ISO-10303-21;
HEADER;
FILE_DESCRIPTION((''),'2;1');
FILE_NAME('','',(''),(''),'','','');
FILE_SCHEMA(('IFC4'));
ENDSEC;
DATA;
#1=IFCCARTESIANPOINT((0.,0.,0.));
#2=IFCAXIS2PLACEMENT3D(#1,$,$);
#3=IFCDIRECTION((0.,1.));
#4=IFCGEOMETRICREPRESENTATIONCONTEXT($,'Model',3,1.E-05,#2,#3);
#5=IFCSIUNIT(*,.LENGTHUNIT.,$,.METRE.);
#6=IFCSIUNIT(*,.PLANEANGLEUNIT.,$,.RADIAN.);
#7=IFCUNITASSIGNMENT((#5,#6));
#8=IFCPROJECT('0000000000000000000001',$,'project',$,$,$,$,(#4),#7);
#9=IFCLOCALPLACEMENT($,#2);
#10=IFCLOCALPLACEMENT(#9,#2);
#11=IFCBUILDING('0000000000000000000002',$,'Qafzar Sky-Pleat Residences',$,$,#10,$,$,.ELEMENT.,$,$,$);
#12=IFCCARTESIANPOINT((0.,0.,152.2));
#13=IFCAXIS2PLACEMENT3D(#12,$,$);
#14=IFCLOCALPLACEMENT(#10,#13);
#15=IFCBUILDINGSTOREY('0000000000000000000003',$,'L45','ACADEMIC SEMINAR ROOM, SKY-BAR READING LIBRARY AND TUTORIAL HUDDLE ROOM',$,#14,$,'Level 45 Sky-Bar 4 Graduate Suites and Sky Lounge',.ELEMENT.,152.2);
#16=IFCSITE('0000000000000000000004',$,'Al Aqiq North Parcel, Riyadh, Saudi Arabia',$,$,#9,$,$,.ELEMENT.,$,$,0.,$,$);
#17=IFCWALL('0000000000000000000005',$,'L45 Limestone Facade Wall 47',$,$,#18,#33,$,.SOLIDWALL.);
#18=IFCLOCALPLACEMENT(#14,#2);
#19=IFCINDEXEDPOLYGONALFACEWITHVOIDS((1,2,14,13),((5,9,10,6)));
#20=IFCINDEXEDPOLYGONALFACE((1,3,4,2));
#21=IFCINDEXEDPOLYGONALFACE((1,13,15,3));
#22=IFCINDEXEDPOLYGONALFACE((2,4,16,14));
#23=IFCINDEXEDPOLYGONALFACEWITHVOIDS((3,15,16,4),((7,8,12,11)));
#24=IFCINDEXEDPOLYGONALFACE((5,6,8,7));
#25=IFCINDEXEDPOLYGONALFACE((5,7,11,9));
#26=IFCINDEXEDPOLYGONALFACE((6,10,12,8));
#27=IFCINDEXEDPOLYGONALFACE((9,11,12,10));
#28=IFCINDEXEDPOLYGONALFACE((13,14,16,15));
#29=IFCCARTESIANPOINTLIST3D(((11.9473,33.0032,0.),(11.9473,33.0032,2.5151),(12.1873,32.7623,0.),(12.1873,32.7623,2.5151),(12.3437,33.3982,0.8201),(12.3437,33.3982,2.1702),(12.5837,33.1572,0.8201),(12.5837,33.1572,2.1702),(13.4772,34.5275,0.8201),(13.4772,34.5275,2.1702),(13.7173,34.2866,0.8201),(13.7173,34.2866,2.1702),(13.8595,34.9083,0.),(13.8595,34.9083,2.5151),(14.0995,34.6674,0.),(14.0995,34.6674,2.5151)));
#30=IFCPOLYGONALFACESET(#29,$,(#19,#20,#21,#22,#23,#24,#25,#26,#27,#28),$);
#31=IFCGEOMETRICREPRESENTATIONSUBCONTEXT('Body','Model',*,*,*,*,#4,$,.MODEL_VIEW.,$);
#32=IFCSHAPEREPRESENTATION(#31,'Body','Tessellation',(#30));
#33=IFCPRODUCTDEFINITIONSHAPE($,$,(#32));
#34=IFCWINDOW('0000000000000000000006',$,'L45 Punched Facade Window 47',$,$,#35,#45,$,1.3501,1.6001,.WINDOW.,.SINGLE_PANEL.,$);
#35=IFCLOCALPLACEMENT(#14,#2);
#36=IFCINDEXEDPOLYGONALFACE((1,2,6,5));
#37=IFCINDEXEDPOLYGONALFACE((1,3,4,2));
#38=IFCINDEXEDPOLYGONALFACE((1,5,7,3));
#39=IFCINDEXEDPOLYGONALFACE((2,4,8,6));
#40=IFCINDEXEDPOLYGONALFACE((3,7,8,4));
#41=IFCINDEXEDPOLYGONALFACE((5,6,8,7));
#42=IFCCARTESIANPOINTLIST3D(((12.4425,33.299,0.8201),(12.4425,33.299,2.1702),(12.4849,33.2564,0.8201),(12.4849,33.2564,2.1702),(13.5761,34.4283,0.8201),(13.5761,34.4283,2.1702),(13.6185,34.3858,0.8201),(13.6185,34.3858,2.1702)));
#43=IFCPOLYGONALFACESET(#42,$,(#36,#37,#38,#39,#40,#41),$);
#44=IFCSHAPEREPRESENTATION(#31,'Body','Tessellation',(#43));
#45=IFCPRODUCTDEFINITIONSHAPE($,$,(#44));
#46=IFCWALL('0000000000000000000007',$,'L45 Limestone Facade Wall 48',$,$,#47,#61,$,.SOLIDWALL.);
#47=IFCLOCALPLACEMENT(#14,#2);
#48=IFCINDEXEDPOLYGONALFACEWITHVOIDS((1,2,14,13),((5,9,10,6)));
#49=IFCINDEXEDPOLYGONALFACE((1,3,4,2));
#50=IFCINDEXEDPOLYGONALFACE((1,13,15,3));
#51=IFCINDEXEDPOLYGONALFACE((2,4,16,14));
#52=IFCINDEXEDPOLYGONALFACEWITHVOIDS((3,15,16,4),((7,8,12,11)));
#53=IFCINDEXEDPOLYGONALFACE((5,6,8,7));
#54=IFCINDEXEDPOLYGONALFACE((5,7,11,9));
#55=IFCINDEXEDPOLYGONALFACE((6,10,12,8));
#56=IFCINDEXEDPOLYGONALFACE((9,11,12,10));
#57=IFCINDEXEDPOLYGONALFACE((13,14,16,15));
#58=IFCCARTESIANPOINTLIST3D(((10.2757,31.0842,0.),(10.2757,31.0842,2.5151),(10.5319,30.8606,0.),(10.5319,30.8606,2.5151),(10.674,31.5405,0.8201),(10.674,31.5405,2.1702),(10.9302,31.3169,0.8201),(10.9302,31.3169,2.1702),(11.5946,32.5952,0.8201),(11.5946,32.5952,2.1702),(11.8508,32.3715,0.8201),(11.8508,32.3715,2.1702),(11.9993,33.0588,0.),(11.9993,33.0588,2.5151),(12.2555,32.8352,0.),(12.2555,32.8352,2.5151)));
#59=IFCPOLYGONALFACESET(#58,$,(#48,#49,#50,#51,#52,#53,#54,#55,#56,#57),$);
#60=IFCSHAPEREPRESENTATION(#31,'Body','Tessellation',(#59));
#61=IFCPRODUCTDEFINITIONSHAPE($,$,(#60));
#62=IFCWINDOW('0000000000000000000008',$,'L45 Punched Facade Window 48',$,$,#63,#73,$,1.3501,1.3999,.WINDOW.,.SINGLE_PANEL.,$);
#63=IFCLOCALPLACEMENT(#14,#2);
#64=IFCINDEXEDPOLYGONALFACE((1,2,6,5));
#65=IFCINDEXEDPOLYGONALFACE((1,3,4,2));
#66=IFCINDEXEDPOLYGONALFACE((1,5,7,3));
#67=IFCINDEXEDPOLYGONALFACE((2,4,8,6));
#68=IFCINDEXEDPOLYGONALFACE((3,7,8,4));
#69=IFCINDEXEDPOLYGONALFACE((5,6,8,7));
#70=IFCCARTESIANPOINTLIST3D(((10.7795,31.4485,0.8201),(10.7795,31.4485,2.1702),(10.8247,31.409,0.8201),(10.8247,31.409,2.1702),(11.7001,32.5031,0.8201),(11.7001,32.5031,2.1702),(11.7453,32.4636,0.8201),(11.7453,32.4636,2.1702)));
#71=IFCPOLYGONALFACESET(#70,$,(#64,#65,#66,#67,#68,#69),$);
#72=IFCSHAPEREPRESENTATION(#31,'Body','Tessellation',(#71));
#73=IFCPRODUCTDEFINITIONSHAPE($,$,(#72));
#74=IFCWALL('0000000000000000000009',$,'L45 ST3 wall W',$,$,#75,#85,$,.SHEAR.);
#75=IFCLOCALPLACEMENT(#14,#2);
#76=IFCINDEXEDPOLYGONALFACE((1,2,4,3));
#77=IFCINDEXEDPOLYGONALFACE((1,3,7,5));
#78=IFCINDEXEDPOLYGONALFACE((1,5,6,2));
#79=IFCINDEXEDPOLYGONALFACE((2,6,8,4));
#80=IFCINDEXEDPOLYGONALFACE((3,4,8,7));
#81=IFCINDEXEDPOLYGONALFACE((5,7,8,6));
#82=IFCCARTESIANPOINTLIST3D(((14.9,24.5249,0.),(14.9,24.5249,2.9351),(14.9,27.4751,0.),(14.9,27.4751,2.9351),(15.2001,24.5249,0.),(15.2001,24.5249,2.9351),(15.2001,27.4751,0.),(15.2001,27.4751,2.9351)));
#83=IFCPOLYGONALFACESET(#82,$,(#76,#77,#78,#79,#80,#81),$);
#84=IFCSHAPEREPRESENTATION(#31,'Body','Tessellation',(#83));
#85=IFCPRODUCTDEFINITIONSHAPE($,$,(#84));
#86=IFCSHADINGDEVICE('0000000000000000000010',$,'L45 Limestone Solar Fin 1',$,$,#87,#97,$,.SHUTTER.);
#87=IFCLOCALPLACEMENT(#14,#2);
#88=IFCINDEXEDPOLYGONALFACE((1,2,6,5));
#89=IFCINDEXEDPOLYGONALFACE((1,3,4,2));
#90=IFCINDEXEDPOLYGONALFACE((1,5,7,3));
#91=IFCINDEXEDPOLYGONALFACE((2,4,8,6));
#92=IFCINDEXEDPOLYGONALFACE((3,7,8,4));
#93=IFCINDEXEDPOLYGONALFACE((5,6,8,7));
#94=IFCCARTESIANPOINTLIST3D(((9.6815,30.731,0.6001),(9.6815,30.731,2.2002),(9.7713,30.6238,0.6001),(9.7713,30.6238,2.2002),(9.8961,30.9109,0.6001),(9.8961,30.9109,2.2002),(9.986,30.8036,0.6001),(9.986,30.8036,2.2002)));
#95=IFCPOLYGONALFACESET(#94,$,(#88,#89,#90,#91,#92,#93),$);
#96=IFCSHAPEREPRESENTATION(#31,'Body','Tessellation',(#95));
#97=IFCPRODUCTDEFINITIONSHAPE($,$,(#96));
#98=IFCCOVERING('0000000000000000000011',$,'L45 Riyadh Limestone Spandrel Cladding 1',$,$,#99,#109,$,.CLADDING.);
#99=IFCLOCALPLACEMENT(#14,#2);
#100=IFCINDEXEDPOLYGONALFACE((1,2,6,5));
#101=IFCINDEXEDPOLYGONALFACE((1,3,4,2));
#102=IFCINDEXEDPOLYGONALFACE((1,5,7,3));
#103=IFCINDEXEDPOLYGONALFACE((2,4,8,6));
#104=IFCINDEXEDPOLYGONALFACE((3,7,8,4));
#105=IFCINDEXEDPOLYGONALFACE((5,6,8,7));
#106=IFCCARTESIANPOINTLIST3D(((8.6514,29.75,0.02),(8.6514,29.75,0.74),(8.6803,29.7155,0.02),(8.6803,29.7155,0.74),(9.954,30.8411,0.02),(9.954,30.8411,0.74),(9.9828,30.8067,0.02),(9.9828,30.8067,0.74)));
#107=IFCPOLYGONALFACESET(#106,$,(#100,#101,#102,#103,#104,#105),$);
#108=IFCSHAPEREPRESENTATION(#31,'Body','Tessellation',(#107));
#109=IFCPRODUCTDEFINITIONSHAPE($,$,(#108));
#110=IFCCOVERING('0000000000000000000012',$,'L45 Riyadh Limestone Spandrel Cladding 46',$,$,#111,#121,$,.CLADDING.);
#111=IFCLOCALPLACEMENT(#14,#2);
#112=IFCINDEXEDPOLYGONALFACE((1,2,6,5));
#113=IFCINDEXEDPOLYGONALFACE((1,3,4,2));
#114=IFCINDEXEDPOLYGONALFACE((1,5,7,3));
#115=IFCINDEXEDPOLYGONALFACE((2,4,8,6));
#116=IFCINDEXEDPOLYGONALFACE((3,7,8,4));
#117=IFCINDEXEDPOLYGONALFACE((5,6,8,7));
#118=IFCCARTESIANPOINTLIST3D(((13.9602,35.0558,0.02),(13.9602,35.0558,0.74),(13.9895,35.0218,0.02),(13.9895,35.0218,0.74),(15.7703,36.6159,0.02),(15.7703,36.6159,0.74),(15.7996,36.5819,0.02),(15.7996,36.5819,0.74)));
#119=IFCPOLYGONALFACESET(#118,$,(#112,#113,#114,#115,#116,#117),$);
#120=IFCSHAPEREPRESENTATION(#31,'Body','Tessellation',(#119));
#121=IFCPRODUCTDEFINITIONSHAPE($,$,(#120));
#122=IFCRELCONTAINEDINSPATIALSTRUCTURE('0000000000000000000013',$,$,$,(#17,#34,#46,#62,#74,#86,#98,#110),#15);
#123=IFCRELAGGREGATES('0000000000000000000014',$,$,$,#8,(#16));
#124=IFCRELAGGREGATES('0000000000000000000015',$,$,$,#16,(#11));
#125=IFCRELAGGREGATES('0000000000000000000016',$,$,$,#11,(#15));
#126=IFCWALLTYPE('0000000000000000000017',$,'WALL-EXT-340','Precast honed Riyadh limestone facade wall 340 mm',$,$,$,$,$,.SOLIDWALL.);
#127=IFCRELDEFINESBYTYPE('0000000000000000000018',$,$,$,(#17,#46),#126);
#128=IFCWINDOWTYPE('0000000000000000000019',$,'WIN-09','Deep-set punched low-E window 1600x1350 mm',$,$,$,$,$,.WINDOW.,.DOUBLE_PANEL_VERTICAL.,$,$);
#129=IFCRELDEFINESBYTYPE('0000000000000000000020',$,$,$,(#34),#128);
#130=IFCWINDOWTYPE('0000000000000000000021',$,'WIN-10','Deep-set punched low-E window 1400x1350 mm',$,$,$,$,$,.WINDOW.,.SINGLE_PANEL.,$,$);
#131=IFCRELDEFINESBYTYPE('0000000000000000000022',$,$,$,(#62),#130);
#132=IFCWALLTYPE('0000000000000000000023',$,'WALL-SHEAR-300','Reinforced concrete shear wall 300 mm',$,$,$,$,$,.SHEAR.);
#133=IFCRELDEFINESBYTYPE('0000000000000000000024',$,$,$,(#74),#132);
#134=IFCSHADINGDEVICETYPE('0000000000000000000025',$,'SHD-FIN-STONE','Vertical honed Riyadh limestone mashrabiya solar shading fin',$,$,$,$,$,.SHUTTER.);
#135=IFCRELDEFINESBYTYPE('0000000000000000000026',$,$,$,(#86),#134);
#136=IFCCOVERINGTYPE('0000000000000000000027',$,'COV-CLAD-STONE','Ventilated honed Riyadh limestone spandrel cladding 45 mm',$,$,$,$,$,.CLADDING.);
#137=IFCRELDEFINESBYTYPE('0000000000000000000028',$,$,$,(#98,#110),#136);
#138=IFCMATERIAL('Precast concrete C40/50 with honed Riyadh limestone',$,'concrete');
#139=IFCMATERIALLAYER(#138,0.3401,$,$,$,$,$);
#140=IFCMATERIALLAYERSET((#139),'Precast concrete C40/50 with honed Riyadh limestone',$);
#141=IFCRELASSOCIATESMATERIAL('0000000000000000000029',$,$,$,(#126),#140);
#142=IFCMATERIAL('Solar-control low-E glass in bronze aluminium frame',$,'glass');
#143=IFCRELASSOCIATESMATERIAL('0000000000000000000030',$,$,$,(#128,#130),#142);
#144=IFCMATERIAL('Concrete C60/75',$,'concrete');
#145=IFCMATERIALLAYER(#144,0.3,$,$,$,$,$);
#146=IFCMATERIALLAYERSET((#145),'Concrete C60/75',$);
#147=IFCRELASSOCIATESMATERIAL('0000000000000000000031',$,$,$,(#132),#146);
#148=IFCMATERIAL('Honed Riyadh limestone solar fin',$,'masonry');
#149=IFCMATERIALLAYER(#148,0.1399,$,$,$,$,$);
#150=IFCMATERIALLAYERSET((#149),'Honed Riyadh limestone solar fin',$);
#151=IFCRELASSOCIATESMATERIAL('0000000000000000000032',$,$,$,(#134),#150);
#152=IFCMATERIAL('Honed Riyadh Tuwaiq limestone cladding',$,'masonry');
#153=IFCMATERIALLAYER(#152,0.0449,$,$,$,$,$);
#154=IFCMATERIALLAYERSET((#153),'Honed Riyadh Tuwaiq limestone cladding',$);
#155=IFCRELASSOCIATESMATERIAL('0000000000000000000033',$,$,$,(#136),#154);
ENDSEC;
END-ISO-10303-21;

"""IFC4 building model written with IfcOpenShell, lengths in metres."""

from ifc_helpers import new_model, si_unit, direction, frame, frame_2d, origin, origin_2d, place, context, subcontext, project, spatial, rectangle, extrude, source, transform, mapped, material, layer, layer_set, type_object, element, fill, save


model = new_model("IFC4")

# Units and contexts
model_context = context("Model", 3, precision=1e-05, world=origin(), true_north=direction((0.0, 1.0)))
body_context = subcontext(model_context, "Body", "Model", "MODEL_VIEW")
ifc_project = project(units=[si_unit("LENGTHUNIT", "METRE"), si_unit("PLANEANGLEUNIT", "RADIAN")], contexts=[model_context])

# Site, building, storey
site_placement = place(None, origin())
site = spatial("IfcSite", under=ifc_project, at=site_placement, Name="Al Aqiq North Parcel, Riyadh, Saudi Arabia", CompositionType="ELEMENT", RefElevation=0.0)
building_placement = place(site_placement, origin())
building = spatial("IfcBuilding", under=site, at=building_placement, Name="Qafzar Sky-Pleat Residences", CompositionType="ELEMENT")
storey_placement = place(building_placement, frame((0.0, 0.0, 152.2)))
storey = spatial("IfcBuildingStorey", under=building, at=storey_placement, Name="L45", Description="ACADEMIC SEMINAR ROOM, SKY-BAR READING LIBRARY AND TUTORIAL HUDDLE ROOM", LongName="Level 45 Sky-Bar 4 Graduate Suites and Sky Lounge", CompositionType="ELEMENT", Elevation=152.2)

# Shared definitions
ifc_material_1 = material(Name="Concrete C60/75", Category="concrete")

# Walls, openings, windows
ifc_material_2 = material(Name="Precast concrete C40/50 with honed Riyadh limestone", Category="concrete")
ifc_layer_1 = layer(ifc_material_2, 0.3401)
ifc_layer_set_1 = layer_set([ifc_layer_1], Name="Precast concrete C40/50 with honed Riyadh limestone")
wall_type_1 = type_object("IfcWallType", Name="WALL-EXT-340", Description="Precast honed Riyadh limestone facade wall 340 mm", PredefinedType="SOLIDWALL", material=ifc_layer_set_1)
ifc_material_3 = material(Name="Solar-control low-E glass in bronze aluminium frame", Category="glass")
wall_1_placement = place(storey_placement, frame((13.9795, 34.7878, 0.0), z_axis=(0.0, 0.0, 1.0), x_axis=(-0.708417, -0.705794, 0.0)))
wall_1 = element("IfcWall", 1, at=wall_1_placement, inside=storey, type_object=wall_type_1, Name="L45 Limestone Facade Wall 47", PredefinedType="SOLIDWALL", context=body_context, shape_type="SweptSolid", body=[
    extrude(rectangle(XDim=2.6992, YDim=0.3401, at=frame_2d((1.3496, 0.0))), origin(), (0.0, 0.0, 1.0), 2.5151),
])
opening_1_placement = place(wall_1_placement, frame((0.5396, 0.0, 0.8201)))
opening_1 = element("IfcOpeningElement", 2, at=opening_1_placement, cuts=wall_1, PredefinedType="OPENING", context=body_context, shape_type="SweptSolid", body=[
    extrude(rectangle(XDim=1.6001, YDim=1.3501, at=frame_2d((0.8, 0.675))), frame((0.0, 0.1802, 0.0), z_axis=(0.0, -1.0, 0.0), x_axis=(1.0, 0.0, 0.0)), (0.0, 0.0, 1.0), 0.3601),
])
window_type_1 = type_object("IfcWindowType", Name="WIN-09", Description="Deep-set punched low-E window 1600x1350 mm", PartitioningType="DOUBLE_PANEL_VERTICAL", PredefinedType="WINDOW", material=ifc_material_3)
shared_shape_1 = source(origin(), body_context, "Body", "SweptSolid", [
    extrude(rectangle(XDim=1.6001, YDim=1.3501, at=frame_2d((0.8, 0.675))), frame((0.0, 0.03, 0.0), z_axis=(0.0, -1.0, 0.0), x_axis=(1.0, 0.0, 0.0)), (0.0, 0.0, 1.0), 0.0601),
])
window_1_placement = place(opening_1_placement, origin())
window_1 = element("IfcWindow", 3, at=window_1_placement, inside=storey, type_object=window_type_1, Name="L45 Punched Facade Window 47", OverallHeight=1.3501, OverallWidth=1.6001, PartitioningType="SINGLE_PANEL", PredefinedType="WINDOW", context=body_context, shape_type="MappedRepresentation", body=[
    mapped(shared_shape_1, transform((0.0, 0.0, 0.0), x_axis=(1.0, 0.0, 0.0), y_axis=(0.0, 1.0, 0.0), z_axis=(0.0, 0.0, 1.0), scale=1.0)),
])
fill(opening_1, window_1)
wall_2_placement = place(storey_placement, frame((12.1274, 32.947, 0.0), z_axis=(0.0, 0.0, 1.0), x_axis=(-0.657607, -0.753361, 0.0)))
wall_2 = element("IfcWall", 4, at=wall_2_placement, inside=storey, type_object=wall_type_1, Name="L45 Limestone Facade Wall 48", PredefinedType="SOLIDWALL", context=body_context, shape_type="SweptSolid", body=[
    extrude(rectangle(XDim=2.6211, YDim=0.3401, at=frame_2d((1.3105, 0.0))), origin(), (0.0, 0.0, 1.0), 2.5151),
])
opening_2_placement = place(wall_2_placement, frame((0.6155, 0.0, 0.8201)))
opening_2 = element("IfcOpeningElement", 5, at=opening_2_placement, cuts=wall_2, PredefinedType="OPENING", context=body_context, shape_type="SweptSolid", body=[
    extrude(rectangle(XDim=1.3999, YDim=1.3501, at=frame_2d((0.7, 0.675))), frame((0.0, 0.1802, 0.0), z_axis=(0.0, -1.0, 0.0), x_axis=(1.0, 0.0, 0.0)), (0.0, 0.0, 1.0), 0.3601),
])
window_type_2 = type_object("IfcWindowType", Name="WIN-10", Description="Deep-set punched low-E window 1400x1350 mm", PartitioningType="SINGLE_PANEL", PredefinedType="WINDOW", material=ifc_material_3)
shared_shape_2 = source(origin(), body_context, "Body", "SweptSolid", [
    extrude(rectangle(XDim=1.3999, YDim=1.3501, at=frame_2d((0.7, 0.675))), frame((0.0, 0.03, 0.0), z_axis=(0.0, -1.0, 0.0), x_axis=(1.0, 0.0, 0.0)), (0.0, 0.0, 1.0), 0.0601),
])
window_2_placement = place(opening_2_placement, origin())
window_2 = element("IfcWindow", 6, at=window_2_placement, inside=storey, type_object=window_type_2, Name="L45 Punched Facade Window 48", OverallHeight=1.3501, OverallWidth=1.3999, PartitioningType="SINGLE_PANEL", PredefinedType="WINDOW", context=body_context, shape_type="MappedRepresentation", body=[
    mapped(shared_shape_2, transform((0.0, 0.0, 0.0), x_axis=(1.0, 0.0, 0.0), y_axis=(0.0, 1.0, 0.0), z_axis=(0.0, 0.0, 1.0), scale=1.0)),
])
fill(opening_2, window_2)

# Wall
ifc_layer_2 = layer(ifc_material_1, 0.3)
ifc_layer_set_2 = layer_set([ifc_layer_2], Name="Concrete C60/75")
wall_type_2 = type_object("IfcWallType", Name="WALL-SHEAR-300", Description="Reinforced concrete shear wall 300 mm", PredefinedType="SHEAR", material=ifc_layer_set_2)
wall_3_placement = place(storey_placement, frame((15.05, 27.4751, 0.0), z_axis=(0.0, 0.0, 1.0), x_axis=(0.0, -1.0, 0.0)))
element("IfcWall", 7, at=wall_3_placement, inside=storey, type_object=wall_type_2, Name="L45 ST3 wall W", PredefinedType="SHEAR", context=body_context, shape_type="SweptSolid", body=[
    extrude(rectangle(XDim=2.9502, YDim=0.3, at=frame_2d((1.4751, 0.0))), origin(), (0.0, 0.0, 1.0), 2.9351),
])

# Shading device
ifc_material_4 = material(Name="Honed Riyadh limestone solar fin", Category="masonry")
ifc_layer_3 = layer(ifc_material_4, 0.1399)
ifc_layer_set_3 = layer_set([ifc_layer_3], Name="Honed Riyadh limestone solar fin")
shading_device_type = type_object("IfcShadingDeviceType", Name="SHD-FIN-STONE", Description="Vertical honed Riyadh limestone mashrabiya solar shading fin", PredefinedType="SHUTTER", material=ifc_layer_set_3)
shared_shape_3 = source(origin(), body_context, "Body", "SweptSolid", [
    extrude(rectangle(XDim=0.1399, YDim=0.28, at=origin_2d()), origin(), (0.0, 0.0, 1.0), 1.6001),
])
shading_device_placement = place(storey_placement, frame((9.8337, 30.7673, 0.6001), z_axis=(0.0, 0.0, 1.0), x_axis=(-0.642203, 0.766534, 0.0)))
element("IfcShadingDevice", 8, at=shading_device_placement, inside=storey, type_object=shading_device_type, Name="L45 Limestone Solar Fin 1", PredefinedType="SHUTTER", context=body_context, shape_type="MappedRepresentation", body=[
    mapped(shared_shape_3, transform((0.0, 0.0, 0.0), x_axis=(1.0, 0.0, 0.0), y_axis=(0.0, 1.0, 0.0), z_axis=(0.0, 0.0, 1.0), scale=1.0)),
])

# Coverings
ifc_material_5 = material(Name="Honed Riyadh Tuwaiq limestone cladding", Category="masonry")
ifc_layer_4 = layer(ifc_material_5, 0.0449)
ifc_layer_set_4 = layer_set([ifc_layer_4], Name="Honed Riyadh Tuwaiq limestone cladding")
covering_type = type_object("IfcCoveringType", Name="COV-CLAD-STONE", Description="Ventilated honed Riyadh limestone spandrel cladding 45 mm", PredefinedType="CLADDING", material=ifc_layer_set_4)
shared_shape_4 = source(origin(), body_context, "Body", "SweptSolid", [
    extrude(rectangle(XDim=1.6992, YDim=0.0449, at=origin_2d()), origin(), (0.0, 0.0, 1.0), 0.72),
])
covering_1_placement = place(storey_placement, frame((9.3171, 30.2783, 0.02), z_axis=(0.0, 0.0, 1.0), x_axis=(-0.766569, -0.642162, 0.0)))
element("IfcCovering", 9, at=covering_1_placement, inside=storey, type_object=covering_type, Name="L45 Riyadh Limestone Spandrel Cladding 1", PredefinedType="CLADDING", context=body_context, shape_type="MappedRepresentation", body=[
    mapped(shared_shape_4, transform((0.0, 0.0, 0.0), x_axis=(1.0, 0.0, 0.0), y_axis=(0.0, 1.0, 0.0), z_axis=(0.0, 0.0, 1.0), scale=1.0)),
])
shared_shape_5 = source(origin(), body_context, "Body", "SweptSolid", [
    extrude(rectangle(XDim=2.3896, YDim=0.0449, at=origin_2d()), origin(), (0.0, 0.0, 1.0), 0.72),
])
covering_2_placement = place(storey_placement, frame((14.8799, 35.8188, 0.02), z_axis=(0.0, 0.0, 1.0), x_axis=(-0.757481, -0.652858, 0.0)))
element("IfcCovering", 10, at=covering_2_placement, inside=storey, type_object=covering_type, Name="L45 Riyadh Limestone Spandrel Cladding 46", PredefinedType="CLADDING", context=body_context, shape_type="MappedRepresentation", body=[
    mapped(shared_shape_5, transform((0.0, 0.0, 0.0), x_axis=(1.0, 0.0, 0.0), y_axis=(0.0, 1.0, 0.0), z_axis=(0.0, 0.0, 1.0), scale=1.0)),
])

save(model, "model.ifc")
